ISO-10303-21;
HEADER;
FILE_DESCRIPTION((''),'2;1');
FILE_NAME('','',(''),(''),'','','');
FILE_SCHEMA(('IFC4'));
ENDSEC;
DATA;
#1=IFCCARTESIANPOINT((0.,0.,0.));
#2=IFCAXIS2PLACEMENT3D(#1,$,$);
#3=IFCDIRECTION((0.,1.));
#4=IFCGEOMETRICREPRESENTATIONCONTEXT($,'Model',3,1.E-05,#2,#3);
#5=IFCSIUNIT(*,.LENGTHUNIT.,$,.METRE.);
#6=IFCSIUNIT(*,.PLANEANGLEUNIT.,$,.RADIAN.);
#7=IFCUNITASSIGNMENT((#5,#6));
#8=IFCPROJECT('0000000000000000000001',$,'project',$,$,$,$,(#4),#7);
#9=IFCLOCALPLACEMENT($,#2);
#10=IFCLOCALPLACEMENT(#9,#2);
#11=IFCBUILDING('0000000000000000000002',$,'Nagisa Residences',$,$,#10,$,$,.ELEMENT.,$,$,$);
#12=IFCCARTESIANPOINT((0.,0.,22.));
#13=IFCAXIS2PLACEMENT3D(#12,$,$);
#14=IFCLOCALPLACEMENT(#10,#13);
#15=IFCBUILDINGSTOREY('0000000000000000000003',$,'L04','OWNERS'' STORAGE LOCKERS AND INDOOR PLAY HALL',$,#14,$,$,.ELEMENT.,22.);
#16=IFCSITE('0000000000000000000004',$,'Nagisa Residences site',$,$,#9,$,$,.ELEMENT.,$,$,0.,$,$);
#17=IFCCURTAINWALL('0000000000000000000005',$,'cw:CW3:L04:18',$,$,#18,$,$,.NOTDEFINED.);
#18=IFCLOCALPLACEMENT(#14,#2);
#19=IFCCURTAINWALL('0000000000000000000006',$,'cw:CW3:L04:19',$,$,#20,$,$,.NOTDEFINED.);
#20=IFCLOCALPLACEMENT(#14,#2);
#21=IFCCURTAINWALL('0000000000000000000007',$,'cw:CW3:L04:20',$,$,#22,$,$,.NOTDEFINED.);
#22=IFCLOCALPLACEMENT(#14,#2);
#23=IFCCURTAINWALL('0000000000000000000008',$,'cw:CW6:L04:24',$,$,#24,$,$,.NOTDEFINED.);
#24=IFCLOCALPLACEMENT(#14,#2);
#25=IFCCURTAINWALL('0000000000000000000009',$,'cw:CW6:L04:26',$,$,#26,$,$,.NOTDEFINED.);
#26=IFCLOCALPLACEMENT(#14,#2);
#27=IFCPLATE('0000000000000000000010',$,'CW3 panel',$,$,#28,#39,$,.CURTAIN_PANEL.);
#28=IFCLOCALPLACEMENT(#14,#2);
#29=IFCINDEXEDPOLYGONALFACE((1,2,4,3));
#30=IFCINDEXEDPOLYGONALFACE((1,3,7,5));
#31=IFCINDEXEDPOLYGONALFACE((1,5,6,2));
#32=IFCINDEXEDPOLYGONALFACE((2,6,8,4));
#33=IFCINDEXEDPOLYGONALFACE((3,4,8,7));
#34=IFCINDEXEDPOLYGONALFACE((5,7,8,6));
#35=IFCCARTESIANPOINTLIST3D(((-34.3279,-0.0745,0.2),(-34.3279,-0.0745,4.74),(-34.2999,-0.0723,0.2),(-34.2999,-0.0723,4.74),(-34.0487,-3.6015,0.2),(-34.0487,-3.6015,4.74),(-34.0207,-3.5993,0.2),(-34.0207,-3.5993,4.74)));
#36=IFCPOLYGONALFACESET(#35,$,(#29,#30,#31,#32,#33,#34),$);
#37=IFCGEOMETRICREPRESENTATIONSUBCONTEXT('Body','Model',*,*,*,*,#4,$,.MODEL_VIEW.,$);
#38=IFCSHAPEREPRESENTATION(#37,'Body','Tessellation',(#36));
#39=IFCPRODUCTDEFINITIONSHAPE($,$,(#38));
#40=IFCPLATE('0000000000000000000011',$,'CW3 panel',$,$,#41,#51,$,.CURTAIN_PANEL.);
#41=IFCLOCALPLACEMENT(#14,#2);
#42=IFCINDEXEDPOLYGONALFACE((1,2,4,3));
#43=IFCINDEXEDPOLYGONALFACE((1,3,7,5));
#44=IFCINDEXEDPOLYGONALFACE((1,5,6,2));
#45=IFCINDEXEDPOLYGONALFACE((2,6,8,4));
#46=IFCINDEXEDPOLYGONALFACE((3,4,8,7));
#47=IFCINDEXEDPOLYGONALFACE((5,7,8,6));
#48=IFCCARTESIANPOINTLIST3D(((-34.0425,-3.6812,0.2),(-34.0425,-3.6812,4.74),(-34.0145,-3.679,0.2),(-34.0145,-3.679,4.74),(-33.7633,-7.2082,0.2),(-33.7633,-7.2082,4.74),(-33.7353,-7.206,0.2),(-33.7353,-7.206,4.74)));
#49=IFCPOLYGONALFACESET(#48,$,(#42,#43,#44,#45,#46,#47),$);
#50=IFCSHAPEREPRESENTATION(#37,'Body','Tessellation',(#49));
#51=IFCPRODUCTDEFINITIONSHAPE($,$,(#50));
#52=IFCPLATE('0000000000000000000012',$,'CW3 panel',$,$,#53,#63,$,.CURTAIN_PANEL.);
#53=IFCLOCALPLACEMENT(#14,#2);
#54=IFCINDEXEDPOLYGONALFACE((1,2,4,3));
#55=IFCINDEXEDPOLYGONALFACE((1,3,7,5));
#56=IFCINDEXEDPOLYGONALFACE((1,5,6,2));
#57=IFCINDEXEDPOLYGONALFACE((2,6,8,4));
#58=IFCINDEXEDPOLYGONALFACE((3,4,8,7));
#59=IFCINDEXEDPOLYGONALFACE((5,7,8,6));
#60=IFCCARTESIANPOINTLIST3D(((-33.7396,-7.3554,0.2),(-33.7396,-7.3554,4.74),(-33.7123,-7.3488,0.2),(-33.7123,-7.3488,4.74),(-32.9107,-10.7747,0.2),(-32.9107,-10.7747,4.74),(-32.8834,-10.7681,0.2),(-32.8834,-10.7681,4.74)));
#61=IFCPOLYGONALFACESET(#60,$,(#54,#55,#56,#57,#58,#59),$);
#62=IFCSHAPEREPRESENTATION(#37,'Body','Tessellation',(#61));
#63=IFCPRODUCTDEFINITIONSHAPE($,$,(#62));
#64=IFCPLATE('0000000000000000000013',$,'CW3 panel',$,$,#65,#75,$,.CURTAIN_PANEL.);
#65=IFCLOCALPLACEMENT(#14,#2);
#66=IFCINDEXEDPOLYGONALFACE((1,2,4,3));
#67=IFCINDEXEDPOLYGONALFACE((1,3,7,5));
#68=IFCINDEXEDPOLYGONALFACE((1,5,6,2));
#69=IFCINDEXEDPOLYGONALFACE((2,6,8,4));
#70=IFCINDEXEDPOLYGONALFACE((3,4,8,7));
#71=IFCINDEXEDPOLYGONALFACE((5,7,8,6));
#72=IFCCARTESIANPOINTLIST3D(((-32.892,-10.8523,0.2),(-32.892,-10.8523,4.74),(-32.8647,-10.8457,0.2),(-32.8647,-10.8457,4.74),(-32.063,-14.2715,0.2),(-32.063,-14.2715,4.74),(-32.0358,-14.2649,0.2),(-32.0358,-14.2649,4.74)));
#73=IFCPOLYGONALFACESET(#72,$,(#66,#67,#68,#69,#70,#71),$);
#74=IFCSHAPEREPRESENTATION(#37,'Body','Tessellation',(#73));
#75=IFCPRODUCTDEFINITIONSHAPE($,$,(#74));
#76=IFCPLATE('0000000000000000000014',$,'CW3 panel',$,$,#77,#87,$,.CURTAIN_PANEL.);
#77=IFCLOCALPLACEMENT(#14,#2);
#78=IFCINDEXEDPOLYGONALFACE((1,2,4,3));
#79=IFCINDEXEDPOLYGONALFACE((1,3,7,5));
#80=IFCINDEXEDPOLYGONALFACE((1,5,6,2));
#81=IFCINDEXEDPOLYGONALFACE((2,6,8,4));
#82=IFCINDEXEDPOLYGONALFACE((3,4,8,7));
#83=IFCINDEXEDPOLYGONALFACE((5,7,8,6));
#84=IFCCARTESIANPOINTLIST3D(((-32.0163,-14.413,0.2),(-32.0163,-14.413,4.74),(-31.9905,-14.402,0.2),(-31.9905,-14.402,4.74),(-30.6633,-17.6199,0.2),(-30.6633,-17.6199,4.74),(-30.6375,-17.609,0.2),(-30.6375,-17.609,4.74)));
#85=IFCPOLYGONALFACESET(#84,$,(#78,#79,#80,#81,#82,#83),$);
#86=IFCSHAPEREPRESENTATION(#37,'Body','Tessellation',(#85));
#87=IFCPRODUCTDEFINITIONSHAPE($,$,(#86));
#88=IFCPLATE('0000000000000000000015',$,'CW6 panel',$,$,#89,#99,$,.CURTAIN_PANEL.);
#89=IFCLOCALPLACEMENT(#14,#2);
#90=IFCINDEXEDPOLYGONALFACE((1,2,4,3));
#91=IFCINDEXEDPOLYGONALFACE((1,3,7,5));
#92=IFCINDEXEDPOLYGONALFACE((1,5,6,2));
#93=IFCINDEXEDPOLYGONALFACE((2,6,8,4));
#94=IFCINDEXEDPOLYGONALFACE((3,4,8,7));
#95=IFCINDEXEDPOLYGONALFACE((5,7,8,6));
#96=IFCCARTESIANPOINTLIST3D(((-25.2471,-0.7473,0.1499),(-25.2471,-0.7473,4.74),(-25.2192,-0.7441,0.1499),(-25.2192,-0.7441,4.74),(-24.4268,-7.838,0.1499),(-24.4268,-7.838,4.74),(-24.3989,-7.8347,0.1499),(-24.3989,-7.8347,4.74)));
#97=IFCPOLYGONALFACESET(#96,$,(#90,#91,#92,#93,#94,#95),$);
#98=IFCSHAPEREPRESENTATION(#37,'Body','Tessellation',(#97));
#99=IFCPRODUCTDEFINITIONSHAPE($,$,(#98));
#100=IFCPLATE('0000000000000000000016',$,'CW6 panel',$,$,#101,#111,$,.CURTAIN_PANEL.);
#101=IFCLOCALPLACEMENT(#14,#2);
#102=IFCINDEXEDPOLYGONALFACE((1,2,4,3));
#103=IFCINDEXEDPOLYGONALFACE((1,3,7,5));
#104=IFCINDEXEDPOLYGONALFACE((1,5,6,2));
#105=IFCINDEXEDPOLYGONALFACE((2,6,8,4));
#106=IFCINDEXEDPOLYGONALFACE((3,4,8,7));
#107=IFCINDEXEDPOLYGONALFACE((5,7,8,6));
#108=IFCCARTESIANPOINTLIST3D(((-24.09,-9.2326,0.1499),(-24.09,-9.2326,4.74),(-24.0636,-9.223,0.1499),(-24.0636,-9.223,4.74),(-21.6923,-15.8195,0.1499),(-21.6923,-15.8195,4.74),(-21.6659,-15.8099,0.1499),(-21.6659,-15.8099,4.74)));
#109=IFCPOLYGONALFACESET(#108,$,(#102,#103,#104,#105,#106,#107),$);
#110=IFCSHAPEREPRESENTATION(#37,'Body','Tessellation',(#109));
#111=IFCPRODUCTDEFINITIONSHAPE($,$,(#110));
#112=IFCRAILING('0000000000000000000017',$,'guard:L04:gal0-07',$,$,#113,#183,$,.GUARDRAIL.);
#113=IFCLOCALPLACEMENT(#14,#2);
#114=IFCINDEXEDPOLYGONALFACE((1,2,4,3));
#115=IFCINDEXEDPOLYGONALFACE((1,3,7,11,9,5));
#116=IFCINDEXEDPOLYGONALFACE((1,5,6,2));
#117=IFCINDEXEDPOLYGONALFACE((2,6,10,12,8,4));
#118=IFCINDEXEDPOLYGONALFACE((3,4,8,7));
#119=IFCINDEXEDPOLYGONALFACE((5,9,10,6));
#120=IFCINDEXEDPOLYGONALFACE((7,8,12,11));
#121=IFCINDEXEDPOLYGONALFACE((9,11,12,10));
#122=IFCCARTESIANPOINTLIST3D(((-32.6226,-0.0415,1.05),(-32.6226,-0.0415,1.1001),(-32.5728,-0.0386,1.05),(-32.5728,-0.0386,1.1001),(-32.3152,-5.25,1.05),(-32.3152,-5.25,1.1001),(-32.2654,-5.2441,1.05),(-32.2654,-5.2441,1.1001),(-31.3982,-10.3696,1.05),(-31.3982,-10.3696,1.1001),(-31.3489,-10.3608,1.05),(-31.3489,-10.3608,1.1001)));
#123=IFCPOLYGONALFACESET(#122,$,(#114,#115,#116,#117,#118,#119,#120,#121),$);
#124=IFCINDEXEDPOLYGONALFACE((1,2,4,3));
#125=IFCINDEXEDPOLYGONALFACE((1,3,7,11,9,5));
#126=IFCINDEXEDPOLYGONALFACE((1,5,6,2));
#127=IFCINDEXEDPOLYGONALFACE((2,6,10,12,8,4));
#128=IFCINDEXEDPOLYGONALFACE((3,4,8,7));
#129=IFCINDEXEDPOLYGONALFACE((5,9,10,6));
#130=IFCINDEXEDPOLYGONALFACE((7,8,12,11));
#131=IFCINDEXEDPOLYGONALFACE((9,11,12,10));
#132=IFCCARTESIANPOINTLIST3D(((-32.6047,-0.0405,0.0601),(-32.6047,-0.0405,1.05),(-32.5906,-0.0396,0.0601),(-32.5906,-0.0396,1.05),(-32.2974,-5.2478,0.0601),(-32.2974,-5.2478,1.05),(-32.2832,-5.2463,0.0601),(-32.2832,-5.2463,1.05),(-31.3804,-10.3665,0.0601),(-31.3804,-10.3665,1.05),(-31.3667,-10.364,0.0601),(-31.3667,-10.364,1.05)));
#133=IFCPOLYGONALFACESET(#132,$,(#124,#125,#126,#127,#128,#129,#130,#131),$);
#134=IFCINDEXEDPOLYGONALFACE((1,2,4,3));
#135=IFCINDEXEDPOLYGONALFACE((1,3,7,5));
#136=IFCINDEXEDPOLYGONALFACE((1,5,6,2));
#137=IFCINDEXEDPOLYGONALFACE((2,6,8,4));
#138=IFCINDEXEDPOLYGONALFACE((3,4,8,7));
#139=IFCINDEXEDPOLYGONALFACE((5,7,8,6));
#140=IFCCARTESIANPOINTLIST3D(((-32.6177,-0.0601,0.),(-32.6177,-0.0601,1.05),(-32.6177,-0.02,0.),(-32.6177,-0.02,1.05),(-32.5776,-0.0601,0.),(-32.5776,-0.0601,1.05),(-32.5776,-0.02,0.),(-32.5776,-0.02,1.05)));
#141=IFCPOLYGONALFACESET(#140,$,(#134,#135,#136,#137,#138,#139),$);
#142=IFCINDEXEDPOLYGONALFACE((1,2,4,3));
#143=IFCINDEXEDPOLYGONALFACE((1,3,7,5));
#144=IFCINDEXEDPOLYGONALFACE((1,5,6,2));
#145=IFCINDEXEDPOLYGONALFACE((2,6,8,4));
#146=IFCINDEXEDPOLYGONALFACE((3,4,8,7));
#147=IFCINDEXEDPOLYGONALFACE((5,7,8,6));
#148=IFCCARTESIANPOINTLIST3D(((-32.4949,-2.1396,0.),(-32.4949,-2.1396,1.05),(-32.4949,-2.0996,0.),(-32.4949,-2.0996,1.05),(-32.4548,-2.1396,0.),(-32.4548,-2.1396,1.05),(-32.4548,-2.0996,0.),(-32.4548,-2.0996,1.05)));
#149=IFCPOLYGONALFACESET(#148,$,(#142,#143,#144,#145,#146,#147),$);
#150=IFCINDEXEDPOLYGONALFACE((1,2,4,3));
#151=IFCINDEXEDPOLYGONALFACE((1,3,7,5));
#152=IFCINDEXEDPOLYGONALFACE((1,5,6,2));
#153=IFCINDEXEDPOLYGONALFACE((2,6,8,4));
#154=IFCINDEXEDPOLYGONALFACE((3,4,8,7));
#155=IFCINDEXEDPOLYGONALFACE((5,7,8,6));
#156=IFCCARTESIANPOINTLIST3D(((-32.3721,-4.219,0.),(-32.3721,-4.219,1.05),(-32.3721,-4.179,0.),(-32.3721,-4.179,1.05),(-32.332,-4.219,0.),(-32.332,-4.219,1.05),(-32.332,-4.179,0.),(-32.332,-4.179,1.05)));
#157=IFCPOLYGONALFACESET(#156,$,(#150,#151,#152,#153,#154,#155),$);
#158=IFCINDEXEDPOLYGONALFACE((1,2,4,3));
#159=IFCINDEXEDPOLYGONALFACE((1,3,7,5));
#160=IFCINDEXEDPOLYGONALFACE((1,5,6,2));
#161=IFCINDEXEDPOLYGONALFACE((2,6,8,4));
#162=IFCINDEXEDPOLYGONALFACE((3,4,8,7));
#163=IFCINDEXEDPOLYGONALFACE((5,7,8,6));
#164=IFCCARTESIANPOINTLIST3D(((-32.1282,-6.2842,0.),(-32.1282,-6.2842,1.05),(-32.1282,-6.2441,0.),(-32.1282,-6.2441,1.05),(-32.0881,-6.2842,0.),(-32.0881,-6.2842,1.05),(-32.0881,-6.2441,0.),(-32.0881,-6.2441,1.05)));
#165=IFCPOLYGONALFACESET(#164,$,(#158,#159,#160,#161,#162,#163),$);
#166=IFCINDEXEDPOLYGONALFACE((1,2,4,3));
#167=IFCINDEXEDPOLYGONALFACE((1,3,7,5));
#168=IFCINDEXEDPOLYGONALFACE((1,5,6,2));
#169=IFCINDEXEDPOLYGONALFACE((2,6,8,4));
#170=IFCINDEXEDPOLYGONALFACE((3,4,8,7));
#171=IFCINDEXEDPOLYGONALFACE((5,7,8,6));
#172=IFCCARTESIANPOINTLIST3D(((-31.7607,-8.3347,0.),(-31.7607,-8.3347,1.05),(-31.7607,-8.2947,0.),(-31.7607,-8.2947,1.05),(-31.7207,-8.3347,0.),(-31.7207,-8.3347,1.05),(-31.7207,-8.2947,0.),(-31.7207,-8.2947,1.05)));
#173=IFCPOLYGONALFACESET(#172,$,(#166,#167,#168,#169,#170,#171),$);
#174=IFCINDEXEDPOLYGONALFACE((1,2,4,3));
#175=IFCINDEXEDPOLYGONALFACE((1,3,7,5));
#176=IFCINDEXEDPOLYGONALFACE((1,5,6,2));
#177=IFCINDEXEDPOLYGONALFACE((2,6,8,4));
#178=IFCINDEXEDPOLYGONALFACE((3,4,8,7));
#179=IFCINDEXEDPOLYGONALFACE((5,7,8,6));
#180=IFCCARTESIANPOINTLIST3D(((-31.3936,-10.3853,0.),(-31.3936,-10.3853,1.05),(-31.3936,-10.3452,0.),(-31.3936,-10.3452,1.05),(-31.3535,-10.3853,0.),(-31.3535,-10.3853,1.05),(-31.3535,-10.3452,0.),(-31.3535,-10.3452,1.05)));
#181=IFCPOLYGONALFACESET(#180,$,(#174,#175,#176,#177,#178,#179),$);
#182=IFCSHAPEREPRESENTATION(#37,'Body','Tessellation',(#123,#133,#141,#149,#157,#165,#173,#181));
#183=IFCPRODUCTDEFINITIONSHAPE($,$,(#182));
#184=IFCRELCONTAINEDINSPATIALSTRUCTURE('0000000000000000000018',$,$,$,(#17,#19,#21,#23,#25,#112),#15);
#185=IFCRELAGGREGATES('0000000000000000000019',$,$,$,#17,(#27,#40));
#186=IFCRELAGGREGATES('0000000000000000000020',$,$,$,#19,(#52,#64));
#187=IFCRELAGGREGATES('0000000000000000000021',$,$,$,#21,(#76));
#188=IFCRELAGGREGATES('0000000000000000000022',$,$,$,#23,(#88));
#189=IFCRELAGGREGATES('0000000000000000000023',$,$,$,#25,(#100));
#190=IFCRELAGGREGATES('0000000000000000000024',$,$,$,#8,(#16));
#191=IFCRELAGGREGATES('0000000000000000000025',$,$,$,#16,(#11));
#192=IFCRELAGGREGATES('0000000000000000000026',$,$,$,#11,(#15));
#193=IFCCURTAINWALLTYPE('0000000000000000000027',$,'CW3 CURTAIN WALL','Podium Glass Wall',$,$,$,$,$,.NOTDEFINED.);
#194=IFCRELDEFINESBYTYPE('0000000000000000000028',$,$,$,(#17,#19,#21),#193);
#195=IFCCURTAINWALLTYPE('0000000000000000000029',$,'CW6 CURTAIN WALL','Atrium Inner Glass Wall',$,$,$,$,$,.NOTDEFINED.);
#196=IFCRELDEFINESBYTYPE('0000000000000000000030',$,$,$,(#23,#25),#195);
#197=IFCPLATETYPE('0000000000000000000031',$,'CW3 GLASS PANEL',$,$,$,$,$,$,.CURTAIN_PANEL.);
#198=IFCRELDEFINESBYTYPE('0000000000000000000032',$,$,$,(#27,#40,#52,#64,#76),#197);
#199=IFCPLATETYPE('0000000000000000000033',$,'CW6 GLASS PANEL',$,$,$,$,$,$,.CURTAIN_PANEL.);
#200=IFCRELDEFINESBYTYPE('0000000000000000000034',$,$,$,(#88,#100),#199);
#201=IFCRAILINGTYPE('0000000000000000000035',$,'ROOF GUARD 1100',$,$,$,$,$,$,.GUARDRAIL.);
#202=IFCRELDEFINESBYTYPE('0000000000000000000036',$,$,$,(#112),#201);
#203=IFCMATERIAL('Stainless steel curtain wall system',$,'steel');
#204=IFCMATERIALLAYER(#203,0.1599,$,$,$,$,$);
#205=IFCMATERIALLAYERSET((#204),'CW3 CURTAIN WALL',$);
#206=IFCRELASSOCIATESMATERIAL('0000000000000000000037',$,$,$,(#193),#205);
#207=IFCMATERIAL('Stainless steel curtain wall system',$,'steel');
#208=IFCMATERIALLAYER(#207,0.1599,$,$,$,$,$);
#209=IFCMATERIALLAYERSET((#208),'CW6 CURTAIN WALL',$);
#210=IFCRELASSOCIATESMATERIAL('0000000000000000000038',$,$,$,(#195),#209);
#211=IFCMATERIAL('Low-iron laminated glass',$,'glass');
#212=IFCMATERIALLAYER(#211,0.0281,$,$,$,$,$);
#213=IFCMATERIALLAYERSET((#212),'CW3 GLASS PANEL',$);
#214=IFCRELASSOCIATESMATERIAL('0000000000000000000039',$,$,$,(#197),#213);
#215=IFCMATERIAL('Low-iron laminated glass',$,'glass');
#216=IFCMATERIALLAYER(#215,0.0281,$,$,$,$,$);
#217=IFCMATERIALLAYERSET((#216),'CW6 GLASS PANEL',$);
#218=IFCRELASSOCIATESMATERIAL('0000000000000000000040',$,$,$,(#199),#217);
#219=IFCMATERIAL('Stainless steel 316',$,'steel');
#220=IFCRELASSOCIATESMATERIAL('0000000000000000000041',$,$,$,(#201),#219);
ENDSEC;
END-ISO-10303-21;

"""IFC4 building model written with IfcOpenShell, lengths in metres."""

from ifc_helpers import new_model, si_unit, direction, frame, origin, origin_2d, place, context, subcontext, project, spatial, polyline, rectangle, outline, extrude, material, layer, layer_set, type_object, element, aggregate, save


model = new_model("IFC4")

# Units and contexts
model_context = context("Model", 3, precision=1e-05, world=origin(), true_north=direction((0.0, 1.0)))
body_context = subcontext(model_context, "Body", "Model", "MODEL_VIEW")
ifc_project = project(units=[si_unit("LENGTHUNIT", "METRE"), si_unit("PLANEANGLEUNIT", "RADIAN")], contexts=[model_context])

# Site, building, storey
site_placement = place(None, origin())
site = spatial("IfcSite", under=ifc_project, at=site_placement, Name="Nagisa Residences site", CompositionType="ELEMENT", RefElevation=0.0)
building_placement = place(site_placement, origin())
building = spatial("IfcBuilding", under=site, at=building_placement, Name="Nagisa Residences", CompositionType="ELEMENT")
storey_placement = place(building_placement, frame((0.0, 0.0, 22.0)))
storey = spatial("IfcBuildingStorey", under=building, at=storey_placement, Name="L04", Description="OWNERS' STORAGE LOCKERS AND INDOOR PLAY HALL", CompositionType="ELEMENT", Elevation=22.0)

# Curtain walls
ifc_material_1 = material(Name="Stainless steel curtain wall system", Category="steel")
ifc_layer_1 = layer(ifc_material_1, 0.1599)
ifc_layer_set_1 = layer_set([ifc_layer_1], Name="CW3 CURTAIN WALL")
curtain_wall_type_1 = type_object("IfcCurtainWallType", Name="CW3 CURTAIN WALL", Description="Podium Glass Wall", PredefinedType="NOTDEFINED", material=ifc_layer_set_1)
curtain_wall_1_placement = place(storey_placement, origin())
curtain_wall_1 = element("IfcCurtainWall", 1, at=curtain_wall_1_placement, inside=storey, type_object=curtain_wall_type_1, Name="cw:CW3:L04:18", PredefinedType="NOTDEFINED")
curtain_wall_2_placement = place(storey_placement, origin())
curtain_wall_2 = element("IfcCurtainWall", 2, at=curtain_wall_2_placement, inside=storey, type_object=curtain_wall_type_1, Name="cw:CW3:L04:19", PredefinedType="NOTDEFINED")

# Curtain wall
curtain_wall_3_placement = place(storey_placement, origin())
curtain_wall_3 = element("IfcCurtainWall", 3, at=curtain_wall_3_placement, inside=storey, type_object=curtain_wall_type_1, Name="cw:CW3:L04:20", PredefinedType="NOTDEFINED")

# Curtain walls
ifc_material_2 = material(Name="Stainless steel curtain wall system", Category="steel")
ifc_layer_2 = layer(ifc_material_2, 0.1599)
ifc_layer_set_2 = layer_set([ifc_layer_2], Name="CW6 CURTAIN WALL")
curtain_wall_type_2 = type_object("IfcCurtainWallType", Name="CW6 CURTAIN WALL", Description="Atrium Inner Glass Wall", PredefinedType="NOTDEFINED", material=ifc_layer_set_2)
curtain_wall_4_placement = place(storey_placement, origin())
curtain_wall_4 = element("IfcCurtainWall", 4, at=curtain_wall_4_placement, inside=storey, type_object=curtain_wall_type_2, Name="cw:CW6:L04:24", PredefinedType="NOTDEFINED")
curtain_wall_5_placement = place(storey_placement, origin())
curtain_wall_5 = element("IfcCurtainWall", 5, at=curtain_wall_5_placement, inside=storey, type_object=curtain_wall_type_2, Name="cw:CW6:L04:26", PredefinedType="NOTDEFINED")

# Plates
ifc_material_3 = material(Name="Low-iron laminated glass", Category="glass")
ifc_layer_3 = layer(ifc_material_3, 0.0281)
ifc_layer_set_3 = layer_set([ifc_layer_3], Name="CW3 GLASS PANEL")
plate_type_1 = type_object("IfcPlateType", Name="CW3 GLASS PANEL", PredefinedType="CURTAIN_PANEL", material=ifc_layer_set_3)
plate_1_placement = place(storey_placement, frame((-34.1743, -1.8369, 0.2), z_axis=(0.0, 0.0, 1.0), x_axis=(0.07891, -0.996882, 0.0)))
plate_1 = element("IfcPlate", 6, at=plate_1_placement, type_object=plate_type_1, Name="CW3 panel", PredefinedType="CURTAIN_PANEL", context=body_context, shape_type="SweptSolid", body=[
    extrude(rectangle(XDim=3.5381, YDim=0.0281, at=origin_2d()), origin(), (0.0, 0.0, 1.0), 4.54),
])
plate_2_placement = place(storey_placement, frame((-33.8889, -5.4436, 0.2), z_axis=(0.0, 0.0, 1.0), x_axis=(0.07891, -0.996882, 0.0)))
plate_2 = element("IfcPlate", 7, at=plate_2_placement, type_object=plate_type_1, Name="CW3 panel", PredefinedType="CURTAIN_PANEL", context=body_context, shape_type="SweptSolid", body=[
    extrude(rectangle(XDim=3.5381, YDim=0.0281, at=origin_2d()), origin(), (0.0, 0.0, 1.0), 4.54),
])
aggregate(curtain_wall_1, [plate_1, plate_2])
plate_3_placement = place(storey_placement, frame((-33.3115, -9.0618, 0.2), z_axis=(0.0, 0.0, 1.0), x_axis=(0.235606, -0.971849, 0.0)))
plate_3 = element("IfcPlate", 8, at=plate_3_placement, type_object=plate_type_1, Name="CW3 panel", PredefinedType="CURTAIN_PANEL", context=body_context, shape_type="SweptSolid", body=[
    extrude(rectangle(XDim=3.5183, YDim=0.0281, at=origin_2d()), origin(), (0.0, 0.0, 1.0), 4.54),
])
plate_4_placement = place(storey_placement, frame((-32.4639, -12.5586, 0.2), z_axis=(0.0, 0.0, 1.0), x_axis=(0.235606, -0.971849, 0.0)))
plate_4 = element("IfcPlate", 9, at=plate_4_placement, type_object=plate_type_1, Name="CW3 panel", PredefinedType="CURTAIN_PANEL", context=body_context, shape_type="SweptSolid", body=[
    extrude(rectangle(XDim=3.5183, YDim=0.0281, at=origin_2d()), origin(), (0.0, 0.0, 1.0), 4.54),
])
aggregate(curtain_wall_2, [plate_3, plate_4])
plate_5_placement = place(storey_placement, frame((-31.3269, -16.011, 0.2), z_axis=(0.0, 0.0, 1.0), x_axis=(0.388718, -0.921357, 0.0)))
plate_5 = element("IfcPlate", 10, at=plate_5_placement, type_object=plate_type_1, Name="CW3 panel", PredefinedType="CURTAIN_PANEL", context=body_context, shape_type="SweptSolid", body=[
    extrude(rectangle(XDim=3.4807, YDim=0.0281, at=origin_2d()), origin(), (0.0, 0.0, 1.0), 4.54),
])
aggregate(curtain_wall_3, [plate_5])
ifc_material_4 = material(Name="Low-iron laminated glass", Category="glass")
ifc_layer_4 = layer(ifc_material_4, 0.0281)
ifc_layer_set_4 = layer_set([ifc_layer_4], Name="CW6 GLASS PANEL")
plate_type_2 = type_object("IfcPlateType", Name="CW6 GLASS PANEL", PredefinedType="CURTAIN_PANEL", material=ifc_layer_set_4)
plate_6_placement = place(storey_placement, frame((-24.823, -4.291, 0.1499), z_axis=(0.0, 0.0, 1.0), x_axis=(0.114928, -0.993374, 0.0)))
plate_6 = element("IfcPlate", 11, at=plate_6_placement, type_object=plate_type_2, Name="CW6 panel", PredefinedType="CURTAIN_PANEL", context=body_context, shape_type="SweptSolid", body=[
    extrude(rectangle(XDim=7.1379, YDim=0.0281, at=origin_2d()), origin(), (0.0, 0.0, 1.0), 4.5901),
])
aggregate(curtain_wall_4, [plate_6])
plate_7_placement = place(storey_placement, frame((-22.8779, -12.5212, 0.1499), z_axis=(0.0, 0.0, 1.0), x_axis=(0.34205, -0.939682, 0.0)))
plate_7 = element("IfcPlate", 12, at=plate_7_placement, type_object=plate_type_2, Name="CW6 panel", PredefinedType="CURTAIN_PANEL", context=body_context, shape_type="SweptSolid", body=[
    extrude(rectangle(XDim=7.0098, YDim=0.0281, at=origin_2d()), origin(), (0.0, 0.0, 1.0), 4.5901),
])
aggregate(curtain_wall_5, [plate_7])

# Railing
ifc_material_5 = material(Name="Stainless steel 316", Category="steel")
railing_type = type_object("IfcRailingType", Name="ROOF GUARD 1100", PredefinedType="GUARDRAIL", material=ifc_material_5)
railing_1_placement = place(storey_placement, frame((-32.5977, -0.04, 0.0)))
element("IfcRailing", 13, at=railing_1_placement, inside=storey, type_object=railing_type, Name="guard:L04:gal0-07", PredefinedType="GUARDRAIL", context=body_context, shape_type="SweptSolid", body=[
    extrude(outline(polyline([(0.3323, -5.2041), (0.0249, 0.0015), (-0.0249, -0.0015), (0.2825, -5.21), (1.1995, -10.3296), (1.2488, -10.3208), (0.3323, -5.2041)])), frame((0.0, 0.0, 1.05)), (0.0, 0.0, 1.0), 0.05),
    extrude(outline(polyline([(0.3145, -5.2063), (0.0071, 0.0005), (-0.0071, -0.0005), (0.3003, -5.2078), (1.2173, -10.3264), (1.231, -10.324), (0.3145, -5.2063)])), frame((0.0, 0.0, 0.0601)), (0.0, 0.0, 1.0), 0.99),
    extrude(rectangle(XDim=0.04, YDim=0.04, at=origin_2d()), origin(), (0.0, 0.0, 1.0), 1.05),
    extrude(rectangle(XDim=0.04, YDim=0.04, at=origin_2d()), frame((0.1228, -2.0796, 0.0)), (0.0, 0.0, 1.0), 1.05),
    extrude(rectangle(XDim=0.04, YDim=0.04, at=origin_2d()), frame((0.2456, -4.1589, 0.0)), (0.0, 0.0, 1.0), 1.05),
    extrude(rectangle(XDim=0.04, YDim=0.04, at=origin_2d()), frame((0.4895, -6.2241, 0.0)), (0.0, 0.0, 1.0), 1.05),
    extrude(rectangle(XDim=0.04, YDim=0.04, at=origin_2d()), frame((0.8569, -8.2747, 0.0)), (0.0, 0.0, 1.0), 1.05),
    extrude(rectangle(XDim=0.04, YDim=0.04, at=origin_2d()), frame((1.2241, -10.3252, 0.0)), (0.0, 0.0, 1.0), 1.05),
])

save(model, "model.ifc")
